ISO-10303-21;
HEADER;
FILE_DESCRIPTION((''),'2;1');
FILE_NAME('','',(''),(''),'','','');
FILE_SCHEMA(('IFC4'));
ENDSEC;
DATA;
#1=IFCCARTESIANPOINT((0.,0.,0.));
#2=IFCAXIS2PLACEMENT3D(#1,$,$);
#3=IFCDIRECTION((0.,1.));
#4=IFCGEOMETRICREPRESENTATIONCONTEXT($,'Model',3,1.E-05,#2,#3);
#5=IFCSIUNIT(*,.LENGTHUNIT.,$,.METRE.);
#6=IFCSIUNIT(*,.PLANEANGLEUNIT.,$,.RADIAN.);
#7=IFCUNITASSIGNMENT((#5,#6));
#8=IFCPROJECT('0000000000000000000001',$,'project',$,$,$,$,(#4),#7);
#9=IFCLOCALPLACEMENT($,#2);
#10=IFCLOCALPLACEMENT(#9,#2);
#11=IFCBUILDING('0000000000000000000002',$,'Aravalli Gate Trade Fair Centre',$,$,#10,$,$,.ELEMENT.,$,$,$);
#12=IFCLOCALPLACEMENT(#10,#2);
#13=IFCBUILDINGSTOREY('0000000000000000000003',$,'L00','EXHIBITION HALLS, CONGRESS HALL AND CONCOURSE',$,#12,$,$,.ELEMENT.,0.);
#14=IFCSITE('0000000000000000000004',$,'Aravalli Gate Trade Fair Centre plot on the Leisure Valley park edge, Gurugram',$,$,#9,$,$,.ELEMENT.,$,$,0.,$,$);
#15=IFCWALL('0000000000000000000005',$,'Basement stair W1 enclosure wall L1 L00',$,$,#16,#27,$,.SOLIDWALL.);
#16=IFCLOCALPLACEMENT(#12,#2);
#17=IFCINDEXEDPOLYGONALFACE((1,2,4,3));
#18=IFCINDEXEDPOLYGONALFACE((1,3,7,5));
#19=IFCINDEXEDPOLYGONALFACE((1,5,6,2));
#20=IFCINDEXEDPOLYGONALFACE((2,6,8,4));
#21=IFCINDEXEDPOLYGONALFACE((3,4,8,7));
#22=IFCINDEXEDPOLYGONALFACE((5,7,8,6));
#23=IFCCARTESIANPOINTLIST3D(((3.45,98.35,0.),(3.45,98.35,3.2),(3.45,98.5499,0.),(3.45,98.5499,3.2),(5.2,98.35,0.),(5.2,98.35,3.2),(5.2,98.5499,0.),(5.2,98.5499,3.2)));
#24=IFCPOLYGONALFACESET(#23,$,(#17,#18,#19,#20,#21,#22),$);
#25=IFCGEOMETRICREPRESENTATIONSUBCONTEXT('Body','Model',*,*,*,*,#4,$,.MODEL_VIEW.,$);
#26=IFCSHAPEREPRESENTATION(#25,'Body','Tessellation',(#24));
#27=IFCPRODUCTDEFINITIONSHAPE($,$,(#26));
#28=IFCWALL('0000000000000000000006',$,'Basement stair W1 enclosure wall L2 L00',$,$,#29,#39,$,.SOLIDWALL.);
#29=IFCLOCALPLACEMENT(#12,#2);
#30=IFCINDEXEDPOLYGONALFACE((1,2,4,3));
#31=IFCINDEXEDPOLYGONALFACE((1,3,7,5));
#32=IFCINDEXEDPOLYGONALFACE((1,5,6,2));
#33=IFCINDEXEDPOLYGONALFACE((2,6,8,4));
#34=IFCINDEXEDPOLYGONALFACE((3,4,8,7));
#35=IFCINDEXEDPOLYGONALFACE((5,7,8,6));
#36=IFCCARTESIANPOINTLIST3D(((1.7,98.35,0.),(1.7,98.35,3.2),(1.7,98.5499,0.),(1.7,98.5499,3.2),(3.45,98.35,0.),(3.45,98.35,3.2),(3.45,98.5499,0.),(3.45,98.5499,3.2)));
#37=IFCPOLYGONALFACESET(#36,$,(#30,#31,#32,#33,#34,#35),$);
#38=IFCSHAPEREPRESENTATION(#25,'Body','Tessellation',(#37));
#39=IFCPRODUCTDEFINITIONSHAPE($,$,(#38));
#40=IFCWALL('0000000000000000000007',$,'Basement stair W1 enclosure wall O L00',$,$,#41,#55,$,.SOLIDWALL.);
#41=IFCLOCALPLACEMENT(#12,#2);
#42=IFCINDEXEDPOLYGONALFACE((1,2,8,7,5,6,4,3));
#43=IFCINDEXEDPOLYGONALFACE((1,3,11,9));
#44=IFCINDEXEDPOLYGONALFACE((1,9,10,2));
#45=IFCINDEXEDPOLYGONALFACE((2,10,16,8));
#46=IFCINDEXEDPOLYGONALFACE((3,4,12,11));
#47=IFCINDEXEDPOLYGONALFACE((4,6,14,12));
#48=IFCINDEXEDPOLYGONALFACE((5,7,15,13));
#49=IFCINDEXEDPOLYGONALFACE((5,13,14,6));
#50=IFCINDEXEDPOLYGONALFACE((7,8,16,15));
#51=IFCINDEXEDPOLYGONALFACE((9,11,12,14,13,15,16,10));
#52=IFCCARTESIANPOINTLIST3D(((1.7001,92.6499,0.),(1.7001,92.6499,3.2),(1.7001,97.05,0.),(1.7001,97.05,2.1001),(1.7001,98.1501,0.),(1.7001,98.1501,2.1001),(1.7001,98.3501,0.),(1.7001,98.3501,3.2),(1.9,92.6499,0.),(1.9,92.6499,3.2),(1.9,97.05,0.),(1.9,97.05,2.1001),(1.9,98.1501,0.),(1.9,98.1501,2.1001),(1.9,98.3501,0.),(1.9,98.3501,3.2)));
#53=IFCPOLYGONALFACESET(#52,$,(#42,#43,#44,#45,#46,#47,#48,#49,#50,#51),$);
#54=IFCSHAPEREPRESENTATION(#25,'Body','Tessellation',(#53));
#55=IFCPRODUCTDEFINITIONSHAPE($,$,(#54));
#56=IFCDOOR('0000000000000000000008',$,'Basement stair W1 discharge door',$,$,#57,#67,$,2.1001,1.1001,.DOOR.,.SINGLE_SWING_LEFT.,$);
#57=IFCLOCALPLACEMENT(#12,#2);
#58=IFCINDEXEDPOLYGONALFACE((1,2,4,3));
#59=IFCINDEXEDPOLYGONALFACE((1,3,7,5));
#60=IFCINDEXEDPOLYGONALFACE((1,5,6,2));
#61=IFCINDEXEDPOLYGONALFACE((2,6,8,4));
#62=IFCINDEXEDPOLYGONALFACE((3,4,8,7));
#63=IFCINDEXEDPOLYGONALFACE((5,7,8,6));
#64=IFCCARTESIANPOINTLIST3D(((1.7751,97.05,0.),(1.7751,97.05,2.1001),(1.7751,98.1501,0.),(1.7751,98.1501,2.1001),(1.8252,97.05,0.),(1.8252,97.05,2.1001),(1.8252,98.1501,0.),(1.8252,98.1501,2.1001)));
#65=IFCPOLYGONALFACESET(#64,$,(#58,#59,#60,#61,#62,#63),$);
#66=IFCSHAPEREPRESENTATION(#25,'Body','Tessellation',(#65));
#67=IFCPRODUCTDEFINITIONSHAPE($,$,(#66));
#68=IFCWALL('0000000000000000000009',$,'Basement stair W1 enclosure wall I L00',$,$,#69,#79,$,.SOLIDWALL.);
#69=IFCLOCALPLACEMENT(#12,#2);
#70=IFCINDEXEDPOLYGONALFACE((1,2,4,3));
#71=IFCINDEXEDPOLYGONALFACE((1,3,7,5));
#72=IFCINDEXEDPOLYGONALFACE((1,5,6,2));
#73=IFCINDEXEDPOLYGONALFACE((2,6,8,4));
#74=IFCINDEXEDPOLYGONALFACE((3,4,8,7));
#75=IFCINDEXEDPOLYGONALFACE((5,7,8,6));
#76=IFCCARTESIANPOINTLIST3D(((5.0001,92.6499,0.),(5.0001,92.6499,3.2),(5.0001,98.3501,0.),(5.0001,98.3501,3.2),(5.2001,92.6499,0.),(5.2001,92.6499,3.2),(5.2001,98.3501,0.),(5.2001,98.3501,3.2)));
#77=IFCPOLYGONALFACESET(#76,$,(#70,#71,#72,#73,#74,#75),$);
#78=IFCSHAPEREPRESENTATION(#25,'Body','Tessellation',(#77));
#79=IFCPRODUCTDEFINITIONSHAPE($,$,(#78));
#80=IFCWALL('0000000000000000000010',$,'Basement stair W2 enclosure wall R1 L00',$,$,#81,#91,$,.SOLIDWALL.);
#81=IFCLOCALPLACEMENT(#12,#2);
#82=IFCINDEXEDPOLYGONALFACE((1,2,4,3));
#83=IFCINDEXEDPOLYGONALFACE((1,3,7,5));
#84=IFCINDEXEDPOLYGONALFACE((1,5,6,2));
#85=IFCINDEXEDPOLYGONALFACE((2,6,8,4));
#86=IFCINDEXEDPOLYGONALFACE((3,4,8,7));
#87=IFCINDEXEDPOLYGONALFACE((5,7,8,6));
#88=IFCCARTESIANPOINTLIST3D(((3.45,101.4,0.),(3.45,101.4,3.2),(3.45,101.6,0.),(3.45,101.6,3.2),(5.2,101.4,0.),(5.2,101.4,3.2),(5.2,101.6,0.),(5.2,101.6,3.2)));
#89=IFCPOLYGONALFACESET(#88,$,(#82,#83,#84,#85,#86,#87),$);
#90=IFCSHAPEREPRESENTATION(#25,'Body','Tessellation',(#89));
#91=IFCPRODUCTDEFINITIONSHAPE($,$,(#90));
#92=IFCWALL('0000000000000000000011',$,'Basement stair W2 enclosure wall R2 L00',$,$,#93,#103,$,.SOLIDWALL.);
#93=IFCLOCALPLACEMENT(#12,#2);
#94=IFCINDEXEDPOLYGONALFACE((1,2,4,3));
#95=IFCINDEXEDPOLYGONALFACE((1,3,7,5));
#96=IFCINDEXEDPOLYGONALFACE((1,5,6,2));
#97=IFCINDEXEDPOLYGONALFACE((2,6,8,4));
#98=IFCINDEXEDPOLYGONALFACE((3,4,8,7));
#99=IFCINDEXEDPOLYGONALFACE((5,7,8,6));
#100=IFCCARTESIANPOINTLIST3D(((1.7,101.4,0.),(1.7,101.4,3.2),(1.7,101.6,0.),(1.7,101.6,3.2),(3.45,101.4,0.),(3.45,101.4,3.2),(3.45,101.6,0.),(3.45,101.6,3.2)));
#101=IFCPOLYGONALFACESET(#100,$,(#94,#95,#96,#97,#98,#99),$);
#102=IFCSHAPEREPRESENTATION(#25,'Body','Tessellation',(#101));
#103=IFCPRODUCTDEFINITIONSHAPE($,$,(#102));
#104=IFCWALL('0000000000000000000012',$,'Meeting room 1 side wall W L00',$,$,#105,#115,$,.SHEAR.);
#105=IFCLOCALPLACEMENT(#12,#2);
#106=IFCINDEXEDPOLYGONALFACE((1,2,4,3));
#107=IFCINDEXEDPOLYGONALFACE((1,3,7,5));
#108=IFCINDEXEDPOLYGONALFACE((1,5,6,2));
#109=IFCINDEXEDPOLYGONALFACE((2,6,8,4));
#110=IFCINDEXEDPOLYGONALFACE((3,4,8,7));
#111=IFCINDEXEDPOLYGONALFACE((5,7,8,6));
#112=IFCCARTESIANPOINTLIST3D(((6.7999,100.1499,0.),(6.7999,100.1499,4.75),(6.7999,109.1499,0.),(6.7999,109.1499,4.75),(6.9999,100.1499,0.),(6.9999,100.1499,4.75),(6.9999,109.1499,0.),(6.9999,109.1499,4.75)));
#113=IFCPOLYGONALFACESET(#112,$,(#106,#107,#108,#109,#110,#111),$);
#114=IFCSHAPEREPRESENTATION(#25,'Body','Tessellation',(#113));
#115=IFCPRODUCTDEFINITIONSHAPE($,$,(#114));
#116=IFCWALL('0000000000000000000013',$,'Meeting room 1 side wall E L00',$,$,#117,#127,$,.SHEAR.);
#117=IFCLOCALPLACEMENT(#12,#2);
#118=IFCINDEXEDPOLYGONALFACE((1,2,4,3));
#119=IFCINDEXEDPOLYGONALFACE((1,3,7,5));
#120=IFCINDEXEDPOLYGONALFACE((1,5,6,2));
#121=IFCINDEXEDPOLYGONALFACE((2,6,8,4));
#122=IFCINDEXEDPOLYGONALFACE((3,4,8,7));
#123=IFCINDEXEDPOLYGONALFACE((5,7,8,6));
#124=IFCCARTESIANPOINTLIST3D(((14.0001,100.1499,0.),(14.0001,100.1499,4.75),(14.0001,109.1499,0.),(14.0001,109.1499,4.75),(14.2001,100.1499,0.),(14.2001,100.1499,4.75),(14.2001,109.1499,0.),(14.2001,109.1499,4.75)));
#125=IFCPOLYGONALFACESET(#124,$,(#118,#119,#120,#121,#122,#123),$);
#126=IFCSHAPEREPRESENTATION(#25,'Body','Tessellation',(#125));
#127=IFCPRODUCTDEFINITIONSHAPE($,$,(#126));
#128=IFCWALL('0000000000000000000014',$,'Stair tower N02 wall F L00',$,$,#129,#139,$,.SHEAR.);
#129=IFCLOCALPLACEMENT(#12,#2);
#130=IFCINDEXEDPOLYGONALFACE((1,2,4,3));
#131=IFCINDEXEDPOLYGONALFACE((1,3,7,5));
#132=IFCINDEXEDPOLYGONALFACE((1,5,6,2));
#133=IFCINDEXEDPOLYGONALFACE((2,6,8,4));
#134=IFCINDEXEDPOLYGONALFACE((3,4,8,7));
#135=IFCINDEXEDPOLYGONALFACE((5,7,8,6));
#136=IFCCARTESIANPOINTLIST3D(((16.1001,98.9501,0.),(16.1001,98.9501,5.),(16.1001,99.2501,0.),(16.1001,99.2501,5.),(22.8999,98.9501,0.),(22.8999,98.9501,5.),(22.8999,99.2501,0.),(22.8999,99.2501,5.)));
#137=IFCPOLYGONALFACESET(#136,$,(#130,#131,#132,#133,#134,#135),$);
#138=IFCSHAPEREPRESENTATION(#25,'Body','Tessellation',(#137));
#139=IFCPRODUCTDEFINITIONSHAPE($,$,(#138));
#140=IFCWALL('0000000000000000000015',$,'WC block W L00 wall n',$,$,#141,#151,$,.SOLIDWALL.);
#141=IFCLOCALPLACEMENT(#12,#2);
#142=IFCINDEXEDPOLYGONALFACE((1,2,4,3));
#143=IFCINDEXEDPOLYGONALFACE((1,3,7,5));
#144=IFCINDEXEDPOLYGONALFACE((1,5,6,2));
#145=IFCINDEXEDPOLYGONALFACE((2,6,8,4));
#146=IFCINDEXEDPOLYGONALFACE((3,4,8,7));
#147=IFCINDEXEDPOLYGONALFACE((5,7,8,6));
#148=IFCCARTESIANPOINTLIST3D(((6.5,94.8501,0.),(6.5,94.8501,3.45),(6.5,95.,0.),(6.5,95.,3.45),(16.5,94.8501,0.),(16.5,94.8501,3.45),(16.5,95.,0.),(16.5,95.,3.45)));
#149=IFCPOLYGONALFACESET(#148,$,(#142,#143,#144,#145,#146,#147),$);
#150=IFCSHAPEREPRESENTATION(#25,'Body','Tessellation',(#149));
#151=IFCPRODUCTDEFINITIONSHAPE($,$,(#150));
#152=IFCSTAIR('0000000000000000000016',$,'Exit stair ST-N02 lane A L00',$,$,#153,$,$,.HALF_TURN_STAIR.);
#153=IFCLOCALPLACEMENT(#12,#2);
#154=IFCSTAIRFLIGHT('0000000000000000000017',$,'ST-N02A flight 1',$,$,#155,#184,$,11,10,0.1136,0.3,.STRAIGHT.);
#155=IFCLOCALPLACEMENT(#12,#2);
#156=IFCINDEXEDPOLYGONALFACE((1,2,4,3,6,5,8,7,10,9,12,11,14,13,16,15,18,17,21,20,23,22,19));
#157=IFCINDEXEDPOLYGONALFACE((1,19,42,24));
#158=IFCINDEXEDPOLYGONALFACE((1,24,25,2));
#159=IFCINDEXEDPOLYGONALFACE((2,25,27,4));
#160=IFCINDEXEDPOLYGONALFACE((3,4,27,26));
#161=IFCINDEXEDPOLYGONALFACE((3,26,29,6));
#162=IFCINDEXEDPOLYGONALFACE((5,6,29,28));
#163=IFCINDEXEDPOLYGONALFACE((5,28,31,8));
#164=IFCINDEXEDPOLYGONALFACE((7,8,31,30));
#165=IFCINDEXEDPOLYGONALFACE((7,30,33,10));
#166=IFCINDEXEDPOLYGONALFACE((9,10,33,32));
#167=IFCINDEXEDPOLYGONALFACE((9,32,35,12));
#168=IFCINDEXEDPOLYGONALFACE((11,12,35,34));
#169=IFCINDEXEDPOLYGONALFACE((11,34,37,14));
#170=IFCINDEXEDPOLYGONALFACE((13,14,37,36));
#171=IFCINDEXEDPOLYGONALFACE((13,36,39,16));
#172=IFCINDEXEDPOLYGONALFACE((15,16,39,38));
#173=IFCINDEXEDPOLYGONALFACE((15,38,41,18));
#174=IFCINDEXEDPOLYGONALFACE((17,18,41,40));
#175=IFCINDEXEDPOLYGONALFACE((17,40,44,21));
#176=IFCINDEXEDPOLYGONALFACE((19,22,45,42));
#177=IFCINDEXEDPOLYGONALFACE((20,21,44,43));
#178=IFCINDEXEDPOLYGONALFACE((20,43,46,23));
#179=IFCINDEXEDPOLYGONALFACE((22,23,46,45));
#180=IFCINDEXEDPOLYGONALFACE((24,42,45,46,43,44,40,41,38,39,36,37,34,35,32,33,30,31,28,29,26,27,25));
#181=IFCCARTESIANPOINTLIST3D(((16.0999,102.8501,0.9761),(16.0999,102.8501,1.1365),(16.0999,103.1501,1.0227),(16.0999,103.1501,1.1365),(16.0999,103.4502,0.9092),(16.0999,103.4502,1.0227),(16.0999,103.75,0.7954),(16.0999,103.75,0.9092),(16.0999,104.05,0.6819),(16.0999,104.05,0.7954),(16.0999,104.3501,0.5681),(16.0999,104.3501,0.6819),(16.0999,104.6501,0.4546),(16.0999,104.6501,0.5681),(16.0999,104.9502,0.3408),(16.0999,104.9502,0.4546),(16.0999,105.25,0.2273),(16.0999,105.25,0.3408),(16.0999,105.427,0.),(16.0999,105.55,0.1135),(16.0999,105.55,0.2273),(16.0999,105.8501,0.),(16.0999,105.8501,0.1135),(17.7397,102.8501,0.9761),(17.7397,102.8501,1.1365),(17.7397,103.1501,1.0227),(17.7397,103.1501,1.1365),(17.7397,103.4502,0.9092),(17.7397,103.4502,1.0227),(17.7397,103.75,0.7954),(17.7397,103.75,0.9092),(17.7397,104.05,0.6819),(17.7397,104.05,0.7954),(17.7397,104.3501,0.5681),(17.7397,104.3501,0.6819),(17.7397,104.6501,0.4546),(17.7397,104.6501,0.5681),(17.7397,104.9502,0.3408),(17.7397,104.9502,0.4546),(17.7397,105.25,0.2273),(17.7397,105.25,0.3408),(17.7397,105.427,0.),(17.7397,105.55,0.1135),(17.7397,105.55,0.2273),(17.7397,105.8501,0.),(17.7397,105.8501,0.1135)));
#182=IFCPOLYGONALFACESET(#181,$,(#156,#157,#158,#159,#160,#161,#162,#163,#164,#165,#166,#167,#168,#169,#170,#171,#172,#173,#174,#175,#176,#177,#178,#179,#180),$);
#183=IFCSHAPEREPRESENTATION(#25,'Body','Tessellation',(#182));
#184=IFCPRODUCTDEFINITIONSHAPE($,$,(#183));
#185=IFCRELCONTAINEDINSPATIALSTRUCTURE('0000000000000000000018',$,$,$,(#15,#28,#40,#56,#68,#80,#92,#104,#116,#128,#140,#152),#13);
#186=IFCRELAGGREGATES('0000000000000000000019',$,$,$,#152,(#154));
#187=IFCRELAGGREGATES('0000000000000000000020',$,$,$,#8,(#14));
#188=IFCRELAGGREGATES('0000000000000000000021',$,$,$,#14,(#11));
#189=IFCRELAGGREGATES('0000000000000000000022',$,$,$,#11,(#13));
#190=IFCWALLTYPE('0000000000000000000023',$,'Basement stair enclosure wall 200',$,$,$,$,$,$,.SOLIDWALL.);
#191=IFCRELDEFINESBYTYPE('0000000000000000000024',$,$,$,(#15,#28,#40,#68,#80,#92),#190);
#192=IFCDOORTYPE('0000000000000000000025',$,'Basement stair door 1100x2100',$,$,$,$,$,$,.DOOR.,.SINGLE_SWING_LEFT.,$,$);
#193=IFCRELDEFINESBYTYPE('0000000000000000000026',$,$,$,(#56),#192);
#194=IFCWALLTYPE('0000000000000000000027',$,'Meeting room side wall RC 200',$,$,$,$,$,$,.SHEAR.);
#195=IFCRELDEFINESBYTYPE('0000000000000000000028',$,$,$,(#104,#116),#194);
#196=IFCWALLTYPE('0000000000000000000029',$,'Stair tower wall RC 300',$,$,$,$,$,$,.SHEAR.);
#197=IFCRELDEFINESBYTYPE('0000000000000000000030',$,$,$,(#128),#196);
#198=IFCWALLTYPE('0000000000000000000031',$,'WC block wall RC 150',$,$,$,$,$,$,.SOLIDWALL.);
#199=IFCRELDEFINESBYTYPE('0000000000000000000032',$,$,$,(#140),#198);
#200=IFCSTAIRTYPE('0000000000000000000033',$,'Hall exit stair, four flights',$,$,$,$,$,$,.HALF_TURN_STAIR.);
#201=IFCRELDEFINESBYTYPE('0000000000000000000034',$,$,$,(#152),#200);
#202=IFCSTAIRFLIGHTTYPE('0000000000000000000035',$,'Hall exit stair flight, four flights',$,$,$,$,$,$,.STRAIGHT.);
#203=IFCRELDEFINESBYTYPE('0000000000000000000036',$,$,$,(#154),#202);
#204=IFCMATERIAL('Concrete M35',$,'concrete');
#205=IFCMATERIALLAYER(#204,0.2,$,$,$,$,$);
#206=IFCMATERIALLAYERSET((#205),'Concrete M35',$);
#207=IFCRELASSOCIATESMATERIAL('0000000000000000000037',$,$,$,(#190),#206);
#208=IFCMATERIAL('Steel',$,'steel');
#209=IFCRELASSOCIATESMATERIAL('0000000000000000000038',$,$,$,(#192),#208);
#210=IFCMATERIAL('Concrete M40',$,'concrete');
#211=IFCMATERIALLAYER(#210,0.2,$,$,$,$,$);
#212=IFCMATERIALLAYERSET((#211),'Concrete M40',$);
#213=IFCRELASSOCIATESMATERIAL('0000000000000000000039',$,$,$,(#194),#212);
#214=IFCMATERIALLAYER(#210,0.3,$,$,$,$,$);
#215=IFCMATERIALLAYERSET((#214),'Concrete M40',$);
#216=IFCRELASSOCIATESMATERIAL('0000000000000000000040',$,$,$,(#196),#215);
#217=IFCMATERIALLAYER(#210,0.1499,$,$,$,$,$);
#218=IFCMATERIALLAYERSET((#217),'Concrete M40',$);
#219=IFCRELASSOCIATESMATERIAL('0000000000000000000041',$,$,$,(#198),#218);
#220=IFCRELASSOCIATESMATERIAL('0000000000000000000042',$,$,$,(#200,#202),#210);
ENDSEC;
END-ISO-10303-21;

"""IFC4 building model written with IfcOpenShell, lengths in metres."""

from ifc_helpers import new_model, si_unit, direction, frame, frame_2d, origin, place, context, subcontext, project, spatial, polyline, rectangle, outline, extrude, material, layer, layer_set, type_object, element, fill, aggregate, save


model = new_model("IFC4")

# Units and contexts
model_context = context("Model", 3, precision=1e-05, world=origin(), true_north=direction((0.0, 1.0)))
body_context = subcontext(model_context, "Body", "Model", "MODEL_VIEW")
ifc_project = project(units=[si_unit("LENGTHUNIT", "METRE"), si_unit("PLANEANGLEUNIT", "RADIAN")], contexts=[model_context])

# Site, building, storey
site_placement = place(None, origin())
site = spatial("IfcSite", under=ifc_project, at=site_placement, Name="Aravalli Gate Trade Fair Centre plot on the Leisure Valley park edge, Gurugram", CompositionType="ELEMENT", RefElevation=0.0)
building_placement = place(site_placement, origin())
building = spatial("IfcBuilding", under=site, at=building_placement, Name="Aravalli Gate Trade Fair Centre", CompositionType="ELEMENT")
storey_placement = place(building_placement, origin())
storey = spatial("IfcBuildingStorey", under=building, at=storey_placement, Name="L00", Description="EXHIBITION HALLS, CONGRESS HALL AND CONCOURSE", CompositionType="ELEMENT", Elevation=0.0)

# Walls
ifc_material_1 = material(Name="Concrete M35", Category="concrete")
ifc_layer_1 = layer(ifc_material_1, 0.2)
ifc_layer_set_1 = layer_set([ifc_layer_1], Name="Concrete M35")
wall_type_1 = type_object("IfcWallType", Name="Basement stair enclosure wall 200", PredefinedType="SOLIDWALL", material=ifc_layer_set_1)
for number, where, z_axis, x_axis, name in (
    (1, (5.2, 98.45, 0.0), (0.0, 0.0, 1.0), (-1.0, 0.0, 0.0), "Basement stair W1 enclosure wall L1 L00"),
    (2, (3.45, 98.45, 0.0), (0.0, 0.0, 1.0), (-1.0, 0.0, 0.0), "Basement stair W1 enclosure wall L2 L00"),
):
    element("IfcWall", number, at=place(storey_placement, frame(where, z_axis=z_axis, x_axis=x_axis)), inside=storey, type_object=wall_type_1, Name=name, PredefinedType="SOLIDWALL", context=body_context, shape_type="SweptSolid", body=[
        extrude(rectangle(XDim=1.75, YDim=0.2, at=frame_2d((0.875, 0.0))), origin(), (0.0, 0.0, 1.0), 3.2),
    ])

# Wall, opening, door
wall_1_placement = place(storey_placement, frame((1.8, 98.3501, 0.0), z_axis=(0.0, 0.0, 1.0), x_axis=(0.0, -1.0, 0.0)))
wall_1 = element("IfcWall", 3, at=wall_1_placement, inside=storey, type_object=wall_type_1, Name="Basement stair W1 enclosure wall O L00", PredefinedType="SOLIDWALL", context=body_context, shape_type="SweptSolid", body=[
    extrude(rectangle(XDim=5.7002, YDim=0.2, at=frame_2d((2.8501, 0.0))), origin(), (0.0, 0.0, 1.0), 3.2),
])
opening_placement = place(wall_1_placement, frame((0.2, 0.0, 0.0)))
opening = element("IfcOpeningElement", 4, at=opening_placement, cuts=wall_1, PredefinedType="OPENING", context=body_context, shape_type="SweptSolid", body=[
    extrude(rectangle(XDim=1.1001, YDim=2.1001, at=frame_2d((0.55, 1.05))), frame((0.0, 0.1099, 0.0), z_axis=(0.0, -1.0, 0.0), x_axis=(1.0, 0.0, 0.0)), (0.0, 0.0, 1.0), 0.22),
])
ifc_material_2 = material(Name="Steel", Category="steel")
door_type = type_object("IfcDoorType", Name="Basement stair door 1100x2100", OperationType="SINGLE_SWING_LEFT", PredefinedType="DOOR", material=ifc_material_2)
door_placement = place(opening_placement, frame((1.1001, 0.0, 0.0), z_axis=(0.0, 0.0, 1.0), x_axis=(-1.0, 0.0, 0.0)))
door = element("IfcDoor", 5, at=door_placement, inside=storey, type_object=door_type, Name="Basement stair W1 discharge door", OperationType="SINGLE_SWING_LEFT", OverallHeight=2.1001, OverallWidth=1.1001, PredefinedType="DOOR", context=body_context, shape_type="SweptSolid", body=[
    extrude(rectangle(XDim=1.1001, YDim=2.1001, at=frame_2d((0.55, 1.05))), frame((0.0, 0.0249, 0.0), z_axis=(0.0, -1.0, 0.0), x_axis=(1.0, 0.0, 0.0)), (0.0, 0.0, 1.0), 0.05),
])
fill(opening, door)

# Walls
wall_2_placement = place(storey_placement, frame((5.1001, 98.3501, 0.0), z_axis=(0.0, 0.0, 1.0), x_axis=(0.0, -1.0, 0.0)))
element("IfcWall", 6, at=wall_2_placement, inside=storey, type_object=wall_type_1, Name="Basement stair W1 enclosure wall I L00", PredefinedType="SOLIDWALL", context=body_context, shape_type="SweptSolid", body=[
    extrude(rectangle(XDim=5.7002, YDim=0.2, at=frame_2d((2.8501, 0.0))), origin(), (0.0, 0.0, 1.0), 3.2),
])
for number, where, z_axis, x_axis, name in (
    (7, (5.2, 101.5, 0.0), (0.0, 0.0, 1.0), (-1.0, 0.0, 0.0), "Basement stair W2 enclosure wall R1 L00"),
    (8, (3.45, 101.5, 0.0), (0.0, 0.0, 1.0), (-1.0, 0.0, 0.0), "Basement stair W2 enclosure wall R2 L00"),
):
    element("IfcWall", number, at=place(storey_placement, frame(where, z_axis=z_axis, x_axis=x_axis)), inside=storey, type_object=wall_type_1, Name=name, PredefinedType="SOLIDWALL", context=body_context, shape_type="SweptSolid", body=[
        extrude(rectangle(XDim=1.75, YDim=0.2, at=frame_2d((0.875, 0.0))), origin(), (0.0, 0.0, 1.0), 3.2),
    ])
ifc_material_3 = material(Name="Concrete M40", Category="concrete")
ifc_layer_2 = layer(ifc_material_3, 0.2)
ifc_layer_set_2 = layer_set([ifc_layer_2], Name="Concrete M40")
wall_type_2 = type_object("IfcWallType", Name="Meeting room side wall RC 200", PredefinedType="SHEAR", material=ifc_layer_set_2)
for number, where, z_axis, x_axis, name in (
    (9, (6.8999, 100.1499, 0.0), (0.0, 0.0, 1.0), (0.0, 1.0, 0.0), "Meeting room 1 side wall W L00"),
    (10, (14.1001, 100.1499, 0.0), (0.0, 0.0, 1.0), (0.0, 1.0, 0.0), "Meeting room 1 side wall E L00"),
):
    element("IfcWall", number, at=place(storey_placement, frame(where, z_axis=z_axis, x_axis=x_axis)), inside=storey, type_object=wall_type_2, Name=name, PredefinedType="SHEAR", context=body_context, shape_type="SweptSolid", body=[
        extrude(rectangle(XDim=9.0, YDim=0.2, at=frame_2d((4.5, 0.0))), origin(), (0.0, 0.0, 1.0), 4.75),
    ])
ifc_layer_3 = layer(ifc_material_3, 0.3)
ifc_layer_set_3 = layer_set([ifc_layer_3], Name="Concrete M40")
wall_type_3 = type_object("IfcWallType", Name="Stair tower wall RC 300", PredefinedType="SHEAR", material=ifc_layer_set_3)
wall_3_placement = place(storey_placement, frame((16.1001, 99.1001, 0.0), z_axis=(0.0, 0.0, 1.0), x_axis=(1.0, 0.0, 0.0)))
element("IfcWall", 11, at=wall_3_placement, inside=storey, type_object=wall_type_3, Name="Stair tower N02 wall F L00", PredefinedType="SHEAR", context=body_context, shape_type="SweptSolid", body=[
    extrude(rectangle(XDim=6.7998, YDim=0.3, at=frame_2d((3.3999, 0.0))), origin(), (0.0, 0.0, 1.0), 5.0),
])
ifc_layer_4 = layer(ifc_material_3, 0.1499)
ifc_layer_set_4 = layer_set([ifc_layer_4], Name="Concrete M40")
wall_type_4 = type_object("IfcWallType", Name="WC block wall RC 150", PredefinedType="SOLIDWALL", material=ifc_layer_set_4)
wall_4_placement = place(storey_placement, frame((6.5, 94.925, 0.0), z_axis=(0.0, 0.0, 1.0), x_axis=(1.0, 0.0, 0.0)))
element("IfcWall", 12, at=wall_4_placement, inside=storey, type_object=wall_type_4, Name="WC block W L00 wall n", PredefinedType="SOLIDWALL", context=body_context, shape_type="SweptSolid", body=[
    extrude(rectangle(XDim=10.0, YDim=0.1499, at=frame_2d((5.0, 0.0))), origin(), (0.0, 0.0, 1.0), 3.45),
])

# Stair, stair flight
stair_type = type_object("IfcStairType", Name="Hall exit stair, four flights", PredefinedType="HALF_TURN_STAIR", material=ifc_material_3)
stair_placement = place(storey_placement, origin())
stair = element("IfcStair", 13, at=stair_placement, inside=storey, type_object=stair_type, Name="Exit stair ST-N02 lane A L00", PredefinedType="HALF_TURN_STAIR")
stair_flight_type = type_object("IfcStairFlightType", Name="Hall exit stair flight, four flights", PredefinedType="STRAIGHT", material=ifc_material_3)
stair_flight_1_placement = place(storey_placement, frame((16.9199, 105.8501, 0.0), z_axis=(0.0, 0.0, 1.0), x_axis=(0.0, -1.0, 0.0)))
stair_flight_1 = element("IfcStairFlight", 14, at=stair_flight_1_placement, type_object=stair_flight_type, Name="ST-N02A flight 1", NumberOfRisers=11, NumberOfTreads=10, PredefinedType="STRAIGHT", RiserHeight=0.1136, TreadLength=0.3, context=body_context, shape_type="SweptSolid", body=[
    extrude(outline(polyline([(0.0, 0.0), (0.0, 0.1135), (0.3, 0.1135), (0.3, 0.2273), (0.6001, 0.2273), (0.6001, 0.3408), (0.8999, 0.3408), (0.8999, 0.4546), (1.2, 0.4546), (1.2, 0.5681), (1.5, 0.5681), (1.5, 0.6819), (1.8, 0.6819), (1.8, 0.7954), (2.1001, 0.7954), (2.1001, 0.9092), (2.3999, 0.9092), (2.3999, 1.0227), (2.7, 1.0227), (2.7, 1.1365), (3.0, 1.1365), (3.0, 1.25), (3.0, 0.9761), (0.4231, 0.0), (0.0, 0.0)])), frame((0.0, 0.8198, 0.0), z_axis=(0.0, -1.0, 0.0), x_axis=(1.0, 0.0, 0.0)), (0.0, 0.0, 1.0), 1.6399),
])
aggregate(stair, [stair_flight_1])

save(model, "model.ifc")
